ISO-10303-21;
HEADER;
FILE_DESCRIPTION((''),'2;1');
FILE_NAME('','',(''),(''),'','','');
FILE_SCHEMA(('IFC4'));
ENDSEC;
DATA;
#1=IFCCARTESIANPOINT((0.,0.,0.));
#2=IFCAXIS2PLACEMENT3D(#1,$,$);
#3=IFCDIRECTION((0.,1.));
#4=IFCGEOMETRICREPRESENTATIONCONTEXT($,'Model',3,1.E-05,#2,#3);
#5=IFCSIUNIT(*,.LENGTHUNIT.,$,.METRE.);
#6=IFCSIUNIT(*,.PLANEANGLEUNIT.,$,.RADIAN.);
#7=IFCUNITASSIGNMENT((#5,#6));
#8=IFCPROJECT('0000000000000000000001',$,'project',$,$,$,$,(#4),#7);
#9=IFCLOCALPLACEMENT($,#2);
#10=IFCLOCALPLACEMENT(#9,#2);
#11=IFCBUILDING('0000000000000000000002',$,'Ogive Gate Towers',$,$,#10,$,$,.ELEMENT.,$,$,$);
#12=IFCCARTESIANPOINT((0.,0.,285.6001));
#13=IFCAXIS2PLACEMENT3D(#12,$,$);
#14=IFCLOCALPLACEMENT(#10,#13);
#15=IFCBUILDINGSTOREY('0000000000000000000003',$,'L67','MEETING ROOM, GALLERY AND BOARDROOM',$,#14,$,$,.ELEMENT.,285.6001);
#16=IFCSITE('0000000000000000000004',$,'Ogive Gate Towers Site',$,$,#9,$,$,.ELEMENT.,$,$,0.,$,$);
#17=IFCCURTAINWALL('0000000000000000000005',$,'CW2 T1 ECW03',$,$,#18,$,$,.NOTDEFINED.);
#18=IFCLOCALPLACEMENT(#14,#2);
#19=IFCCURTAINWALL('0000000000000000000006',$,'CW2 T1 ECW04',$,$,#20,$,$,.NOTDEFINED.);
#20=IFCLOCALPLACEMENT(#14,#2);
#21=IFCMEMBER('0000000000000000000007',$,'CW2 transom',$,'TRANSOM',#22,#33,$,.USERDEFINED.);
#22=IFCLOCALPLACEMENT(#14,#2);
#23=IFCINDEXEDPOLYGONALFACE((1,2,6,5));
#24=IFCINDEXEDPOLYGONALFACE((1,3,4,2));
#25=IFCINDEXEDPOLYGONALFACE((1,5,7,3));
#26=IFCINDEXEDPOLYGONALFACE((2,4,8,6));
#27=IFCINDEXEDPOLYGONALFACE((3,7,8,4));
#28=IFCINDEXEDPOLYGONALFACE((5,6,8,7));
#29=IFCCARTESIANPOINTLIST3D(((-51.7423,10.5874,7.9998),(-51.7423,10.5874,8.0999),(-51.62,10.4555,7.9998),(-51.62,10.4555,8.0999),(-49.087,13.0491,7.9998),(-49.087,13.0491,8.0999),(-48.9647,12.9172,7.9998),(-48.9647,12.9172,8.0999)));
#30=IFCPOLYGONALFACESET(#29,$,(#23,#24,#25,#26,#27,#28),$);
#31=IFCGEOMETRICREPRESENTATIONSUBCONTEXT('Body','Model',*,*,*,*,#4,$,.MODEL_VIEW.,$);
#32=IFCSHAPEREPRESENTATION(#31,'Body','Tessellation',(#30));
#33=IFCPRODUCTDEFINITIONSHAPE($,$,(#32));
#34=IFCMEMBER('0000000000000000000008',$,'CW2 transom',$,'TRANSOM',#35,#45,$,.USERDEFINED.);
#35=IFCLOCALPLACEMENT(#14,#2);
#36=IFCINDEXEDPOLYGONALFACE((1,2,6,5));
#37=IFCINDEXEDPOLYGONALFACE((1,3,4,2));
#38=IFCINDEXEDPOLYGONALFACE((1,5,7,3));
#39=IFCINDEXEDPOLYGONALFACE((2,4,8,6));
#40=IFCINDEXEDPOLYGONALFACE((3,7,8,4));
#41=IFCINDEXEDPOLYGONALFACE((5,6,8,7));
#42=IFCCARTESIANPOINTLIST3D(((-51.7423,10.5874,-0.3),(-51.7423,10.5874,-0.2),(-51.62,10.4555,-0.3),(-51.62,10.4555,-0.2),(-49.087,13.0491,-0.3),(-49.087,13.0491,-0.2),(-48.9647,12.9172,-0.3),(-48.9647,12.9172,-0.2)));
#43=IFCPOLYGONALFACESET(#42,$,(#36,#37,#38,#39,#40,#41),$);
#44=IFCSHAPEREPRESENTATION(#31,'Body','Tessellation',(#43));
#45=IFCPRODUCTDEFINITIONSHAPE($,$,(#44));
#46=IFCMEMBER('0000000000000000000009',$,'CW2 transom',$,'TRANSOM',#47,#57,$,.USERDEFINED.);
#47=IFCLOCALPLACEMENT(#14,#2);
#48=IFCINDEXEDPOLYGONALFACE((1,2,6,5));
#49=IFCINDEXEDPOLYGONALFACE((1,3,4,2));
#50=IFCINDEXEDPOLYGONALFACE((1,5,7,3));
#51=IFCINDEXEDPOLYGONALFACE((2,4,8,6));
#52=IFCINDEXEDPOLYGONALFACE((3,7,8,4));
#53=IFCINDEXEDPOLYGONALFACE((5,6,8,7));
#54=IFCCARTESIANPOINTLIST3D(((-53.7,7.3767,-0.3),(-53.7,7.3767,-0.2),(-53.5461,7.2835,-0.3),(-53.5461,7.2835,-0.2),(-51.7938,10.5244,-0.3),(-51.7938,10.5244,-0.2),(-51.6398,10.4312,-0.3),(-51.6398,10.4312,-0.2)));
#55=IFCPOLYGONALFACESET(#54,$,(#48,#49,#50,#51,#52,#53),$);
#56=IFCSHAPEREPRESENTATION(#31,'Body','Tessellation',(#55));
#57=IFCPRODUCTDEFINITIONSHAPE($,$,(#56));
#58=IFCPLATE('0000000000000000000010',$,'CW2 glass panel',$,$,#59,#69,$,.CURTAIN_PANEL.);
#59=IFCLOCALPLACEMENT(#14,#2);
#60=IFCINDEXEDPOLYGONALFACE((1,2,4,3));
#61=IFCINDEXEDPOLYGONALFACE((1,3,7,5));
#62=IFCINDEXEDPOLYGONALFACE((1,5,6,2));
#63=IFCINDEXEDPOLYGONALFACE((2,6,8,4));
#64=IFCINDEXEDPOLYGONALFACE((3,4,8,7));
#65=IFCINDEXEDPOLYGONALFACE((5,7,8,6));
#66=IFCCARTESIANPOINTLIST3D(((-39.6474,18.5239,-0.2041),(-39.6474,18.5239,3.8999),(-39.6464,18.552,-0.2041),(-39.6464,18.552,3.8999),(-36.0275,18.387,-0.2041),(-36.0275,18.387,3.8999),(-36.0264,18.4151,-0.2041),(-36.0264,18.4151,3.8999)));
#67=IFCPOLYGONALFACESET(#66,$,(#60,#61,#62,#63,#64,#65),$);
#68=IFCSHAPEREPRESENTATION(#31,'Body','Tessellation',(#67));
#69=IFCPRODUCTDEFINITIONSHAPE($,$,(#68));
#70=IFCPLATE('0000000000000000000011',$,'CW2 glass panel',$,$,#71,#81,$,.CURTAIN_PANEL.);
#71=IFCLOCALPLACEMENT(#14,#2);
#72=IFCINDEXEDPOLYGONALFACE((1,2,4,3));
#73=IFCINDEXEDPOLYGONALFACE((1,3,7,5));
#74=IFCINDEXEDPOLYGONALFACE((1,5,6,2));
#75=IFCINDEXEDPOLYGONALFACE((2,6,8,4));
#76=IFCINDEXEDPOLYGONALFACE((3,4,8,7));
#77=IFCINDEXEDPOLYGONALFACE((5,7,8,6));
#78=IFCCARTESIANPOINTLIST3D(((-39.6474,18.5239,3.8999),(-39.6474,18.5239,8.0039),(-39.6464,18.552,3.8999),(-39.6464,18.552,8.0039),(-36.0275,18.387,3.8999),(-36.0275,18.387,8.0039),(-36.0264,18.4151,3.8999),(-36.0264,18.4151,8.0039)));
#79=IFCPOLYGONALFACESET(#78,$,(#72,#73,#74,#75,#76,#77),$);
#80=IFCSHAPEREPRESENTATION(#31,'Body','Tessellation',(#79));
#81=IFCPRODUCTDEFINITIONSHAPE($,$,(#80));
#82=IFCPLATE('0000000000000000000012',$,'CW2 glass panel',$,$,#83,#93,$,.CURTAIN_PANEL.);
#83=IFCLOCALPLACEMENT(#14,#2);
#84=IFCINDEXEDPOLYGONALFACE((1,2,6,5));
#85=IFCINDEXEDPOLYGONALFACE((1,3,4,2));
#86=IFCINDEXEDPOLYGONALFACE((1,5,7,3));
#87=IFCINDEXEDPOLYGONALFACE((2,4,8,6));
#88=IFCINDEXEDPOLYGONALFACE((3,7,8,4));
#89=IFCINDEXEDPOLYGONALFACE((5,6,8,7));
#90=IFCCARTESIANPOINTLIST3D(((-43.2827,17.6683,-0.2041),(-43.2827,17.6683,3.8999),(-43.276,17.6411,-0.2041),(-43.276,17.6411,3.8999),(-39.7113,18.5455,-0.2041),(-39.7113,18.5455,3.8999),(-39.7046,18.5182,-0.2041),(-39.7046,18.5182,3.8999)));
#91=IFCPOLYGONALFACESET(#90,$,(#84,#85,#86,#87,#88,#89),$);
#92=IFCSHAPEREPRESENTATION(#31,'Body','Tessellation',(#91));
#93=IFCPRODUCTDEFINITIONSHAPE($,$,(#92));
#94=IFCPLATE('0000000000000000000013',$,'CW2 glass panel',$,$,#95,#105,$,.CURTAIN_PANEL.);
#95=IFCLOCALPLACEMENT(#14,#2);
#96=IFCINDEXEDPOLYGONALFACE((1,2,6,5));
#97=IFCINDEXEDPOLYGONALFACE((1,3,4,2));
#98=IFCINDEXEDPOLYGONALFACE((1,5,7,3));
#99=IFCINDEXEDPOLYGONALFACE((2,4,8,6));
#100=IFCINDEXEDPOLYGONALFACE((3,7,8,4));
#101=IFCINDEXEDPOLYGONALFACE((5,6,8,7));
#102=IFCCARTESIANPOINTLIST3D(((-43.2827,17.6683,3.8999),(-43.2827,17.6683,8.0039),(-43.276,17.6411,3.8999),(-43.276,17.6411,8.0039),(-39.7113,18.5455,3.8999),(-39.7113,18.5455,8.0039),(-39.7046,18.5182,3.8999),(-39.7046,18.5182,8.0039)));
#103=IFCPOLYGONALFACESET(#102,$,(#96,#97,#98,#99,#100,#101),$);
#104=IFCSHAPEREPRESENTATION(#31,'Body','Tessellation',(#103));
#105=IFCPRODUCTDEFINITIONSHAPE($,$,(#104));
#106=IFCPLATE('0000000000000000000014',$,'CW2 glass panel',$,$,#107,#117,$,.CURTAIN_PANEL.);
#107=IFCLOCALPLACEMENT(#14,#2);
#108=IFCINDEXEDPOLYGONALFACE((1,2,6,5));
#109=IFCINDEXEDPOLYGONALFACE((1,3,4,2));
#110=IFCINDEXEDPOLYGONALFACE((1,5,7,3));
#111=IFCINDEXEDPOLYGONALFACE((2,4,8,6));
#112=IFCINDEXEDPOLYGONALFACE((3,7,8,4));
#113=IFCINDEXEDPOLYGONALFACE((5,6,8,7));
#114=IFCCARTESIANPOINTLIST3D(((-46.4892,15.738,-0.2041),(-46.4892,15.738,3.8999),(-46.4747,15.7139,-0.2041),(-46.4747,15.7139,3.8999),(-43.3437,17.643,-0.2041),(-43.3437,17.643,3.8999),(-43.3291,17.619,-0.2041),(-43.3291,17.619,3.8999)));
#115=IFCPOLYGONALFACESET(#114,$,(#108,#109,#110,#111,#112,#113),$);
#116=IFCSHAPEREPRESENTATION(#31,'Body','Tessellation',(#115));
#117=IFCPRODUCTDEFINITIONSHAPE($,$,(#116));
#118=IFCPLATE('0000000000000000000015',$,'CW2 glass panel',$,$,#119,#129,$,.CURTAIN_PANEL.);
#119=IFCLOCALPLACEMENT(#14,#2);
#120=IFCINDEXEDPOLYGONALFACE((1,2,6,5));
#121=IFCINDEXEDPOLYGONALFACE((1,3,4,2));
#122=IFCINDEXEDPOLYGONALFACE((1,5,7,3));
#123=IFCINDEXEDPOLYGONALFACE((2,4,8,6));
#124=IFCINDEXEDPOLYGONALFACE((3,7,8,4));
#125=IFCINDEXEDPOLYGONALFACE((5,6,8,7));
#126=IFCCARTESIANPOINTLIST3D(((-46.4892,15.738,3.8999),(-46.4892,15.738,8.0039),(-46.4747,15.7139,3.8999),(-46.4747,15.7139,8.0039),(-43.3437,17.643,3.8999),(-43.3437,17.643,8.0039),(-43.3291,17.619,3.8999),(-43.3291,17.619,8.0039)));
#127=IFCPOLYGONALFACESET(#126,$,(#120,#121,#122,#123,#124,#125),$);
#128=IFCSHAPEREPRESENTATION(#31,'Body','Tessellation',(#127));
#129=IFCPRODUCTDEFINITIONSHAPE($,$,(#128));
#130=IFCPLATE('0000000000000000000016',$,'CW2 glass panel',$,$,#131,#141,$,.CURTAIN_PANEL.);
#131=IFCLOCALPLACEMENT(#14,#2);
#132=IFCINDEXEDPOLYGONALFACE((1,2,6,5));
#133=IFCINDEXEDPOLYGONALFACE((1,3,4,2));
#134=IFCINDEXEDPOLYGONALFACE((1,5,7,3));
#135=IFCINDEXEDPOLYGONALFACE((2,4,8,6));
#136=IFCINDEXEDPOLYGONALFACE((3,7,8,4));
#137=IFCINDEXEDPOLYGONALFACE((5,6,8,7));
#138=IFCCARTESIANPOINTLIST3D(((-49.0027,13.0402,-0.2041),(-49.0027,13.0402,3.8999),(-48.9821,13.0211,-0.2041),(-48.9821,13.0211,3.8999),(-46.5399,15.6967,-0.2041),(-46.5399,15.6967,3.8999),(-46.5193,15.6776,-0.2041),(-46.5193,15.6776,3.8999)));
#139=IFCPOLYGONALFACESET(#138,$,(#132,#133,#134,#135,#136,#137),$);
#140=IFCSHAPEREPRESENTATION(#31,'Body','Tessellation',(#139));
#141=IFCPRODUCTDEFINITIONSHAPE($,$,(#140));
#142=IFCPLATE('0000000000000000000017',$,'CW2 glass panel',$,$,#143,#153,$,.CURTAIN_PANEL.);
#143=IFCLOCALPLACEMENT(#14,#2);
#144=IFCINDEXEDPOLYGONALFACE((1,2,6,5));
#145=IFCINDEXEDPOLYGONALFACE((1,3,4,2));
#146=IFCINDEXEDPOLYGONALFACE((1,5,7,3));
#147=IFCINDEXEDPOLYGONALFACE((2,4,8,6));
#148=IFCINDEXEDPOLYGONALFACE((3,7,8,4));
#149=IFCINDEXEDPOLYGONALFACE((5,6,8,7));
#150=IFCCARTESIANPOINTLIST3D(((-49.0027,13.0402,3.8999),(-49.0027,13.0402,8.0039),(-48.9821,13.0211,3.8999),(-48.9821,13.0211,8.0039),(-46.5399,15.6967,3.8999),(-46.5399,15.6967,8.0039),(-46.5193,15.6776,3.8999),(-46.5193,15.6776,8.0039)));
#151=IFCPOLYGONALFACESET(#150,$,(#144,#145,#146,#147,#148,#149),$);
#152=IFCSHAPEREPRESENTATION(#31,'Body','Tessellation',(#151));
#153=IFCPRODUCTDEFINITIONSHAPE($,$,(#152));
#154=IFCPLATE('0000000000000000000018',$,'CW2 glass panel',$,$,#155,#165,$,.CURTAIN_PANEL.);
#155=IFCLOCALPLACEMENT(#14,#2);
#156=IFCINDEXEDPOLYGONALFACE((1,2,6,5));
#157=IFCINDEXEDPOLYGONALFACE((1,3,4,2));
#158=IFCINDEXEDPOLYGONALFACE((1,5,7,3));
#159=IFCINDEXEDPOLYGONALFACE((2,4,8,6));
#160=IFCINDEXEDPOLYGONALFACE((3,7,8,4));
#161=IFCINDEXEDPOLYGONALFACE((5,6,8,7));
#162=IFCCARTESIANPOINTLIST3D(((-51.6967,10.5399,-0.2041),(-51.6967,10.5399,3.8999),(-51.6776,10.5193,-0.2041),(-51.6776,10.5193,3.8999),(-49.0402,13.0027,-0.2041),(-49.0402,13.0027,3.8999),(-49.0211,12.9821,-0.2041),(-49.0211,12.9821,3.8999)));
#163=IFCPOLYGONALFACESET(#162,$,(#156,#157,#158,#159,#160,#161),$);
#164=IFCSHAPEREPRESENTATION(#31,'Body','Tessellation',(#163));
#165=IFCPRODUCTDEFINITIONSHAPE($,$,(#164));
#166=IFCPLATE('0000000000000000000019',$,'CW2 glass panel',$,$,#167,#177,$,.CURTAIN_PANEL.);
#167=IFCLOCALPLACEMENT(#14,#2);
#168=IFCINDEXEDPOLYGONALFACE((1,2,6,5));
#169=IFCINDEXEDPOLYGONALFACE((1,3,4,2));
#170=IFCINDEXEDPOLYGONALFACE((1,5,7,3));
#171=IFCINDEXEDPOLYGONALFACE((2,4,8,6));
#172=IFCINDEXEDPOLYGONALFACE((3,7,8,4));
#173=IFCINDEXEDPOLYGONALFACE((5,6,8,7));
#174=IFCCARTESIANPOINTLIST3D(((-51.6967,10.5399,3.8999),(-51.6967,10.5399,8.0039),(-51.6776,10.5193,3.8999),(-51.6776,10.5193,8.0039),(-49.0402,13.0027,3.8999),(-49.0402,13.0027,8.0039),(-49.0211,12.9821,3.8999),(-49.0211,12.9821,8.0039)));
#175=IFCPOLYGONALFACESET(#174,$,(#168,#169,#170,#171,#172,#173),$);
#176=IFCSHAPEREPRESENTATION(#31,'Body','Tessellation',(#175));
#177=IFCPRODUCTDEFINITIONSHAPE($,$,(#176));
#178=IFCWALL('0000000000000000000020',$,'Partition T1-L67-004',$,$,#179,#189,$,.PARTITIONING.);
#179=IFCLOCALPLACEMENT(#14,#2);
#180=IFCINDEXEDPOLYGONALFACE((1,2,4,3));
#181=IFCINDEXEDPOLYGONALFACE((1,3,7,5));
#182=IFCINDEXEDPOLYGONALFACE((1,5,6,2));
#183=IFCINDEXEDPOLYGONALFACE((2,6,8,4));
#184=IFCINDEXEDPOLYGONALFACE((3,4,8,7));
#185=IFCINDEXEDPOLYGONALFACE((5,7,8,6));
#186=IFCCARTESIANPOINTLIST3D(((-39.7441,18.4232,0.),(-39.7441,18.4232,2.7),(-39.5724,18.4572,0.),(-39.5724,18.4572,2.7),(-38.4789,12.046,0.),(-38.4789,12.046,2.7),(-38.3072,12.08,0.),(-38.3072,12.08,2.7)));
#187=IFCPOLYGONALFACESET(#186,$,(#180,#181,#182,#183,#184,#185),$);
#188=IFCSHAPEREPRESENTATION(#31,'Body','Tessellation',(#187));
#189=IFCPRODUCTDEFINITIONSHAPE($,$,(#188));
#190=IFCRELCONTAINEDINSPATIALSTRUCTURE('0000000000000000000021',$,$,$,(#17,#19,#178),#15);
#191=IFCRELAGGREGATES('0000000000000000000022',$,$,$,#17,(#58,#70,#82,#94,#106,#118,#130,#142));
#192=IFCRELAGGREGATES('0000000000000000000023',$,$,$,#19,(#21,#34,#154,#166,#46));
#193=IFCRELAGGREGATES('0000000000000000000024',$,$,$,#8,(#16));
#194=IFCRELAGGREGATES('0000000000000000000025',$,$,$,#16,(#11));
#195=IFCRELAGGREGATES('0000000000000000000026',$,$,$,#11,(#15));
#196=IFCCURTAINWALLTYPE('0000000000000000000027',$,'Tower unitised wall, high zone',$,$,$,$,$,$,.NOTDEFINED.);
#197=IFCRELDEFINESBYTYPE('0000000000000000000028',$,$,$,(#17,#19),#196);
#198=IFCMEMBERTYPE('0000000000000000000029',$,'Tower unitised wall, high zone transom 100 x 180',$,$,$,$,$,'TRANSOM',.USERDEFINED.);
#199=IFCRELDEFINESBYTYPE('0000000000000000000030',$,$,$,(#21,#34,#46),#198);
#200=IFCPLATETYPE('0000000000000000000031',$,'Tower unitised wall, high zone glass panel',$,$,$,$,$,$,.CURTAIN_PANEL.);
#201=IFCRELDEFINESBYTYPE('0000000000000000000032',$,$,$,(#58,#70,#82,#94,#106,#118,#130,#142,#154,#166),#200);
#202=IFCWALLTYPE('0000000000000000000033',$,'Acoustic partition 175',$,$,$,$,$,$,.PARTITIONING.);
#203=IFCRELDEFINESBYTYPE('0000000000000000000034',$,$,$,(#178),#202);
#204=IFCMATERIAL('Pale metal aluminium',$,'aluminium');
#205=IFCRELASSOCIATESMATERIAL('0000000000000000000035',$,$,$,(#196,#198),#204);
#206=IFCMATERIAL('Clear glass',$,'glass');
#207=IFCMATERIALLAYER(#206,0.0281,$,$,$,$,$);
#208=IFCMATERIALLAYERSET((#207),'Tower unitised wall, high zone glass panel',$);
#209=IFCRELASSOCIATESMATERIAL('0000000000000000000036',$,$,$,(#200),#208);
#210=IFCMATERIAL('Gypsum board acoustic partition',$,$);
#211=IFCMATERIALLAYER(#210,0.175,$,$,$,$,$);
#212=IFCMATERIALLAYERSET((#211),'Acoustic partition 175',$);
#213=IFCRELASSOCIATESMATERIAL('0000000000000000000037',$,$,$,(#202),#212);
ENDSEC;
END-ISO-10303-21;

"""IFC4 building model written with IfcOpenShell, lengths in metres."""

from ifc_helpers import new_model, si_unit, direction, frame, frame_2d, origin, origin_2d, place, context, subcontext, project, spatial, rectangle, extrude, material, layer, layer_set, material_profile, profile_set, type_object, element, aggregate, save


model = new_model("IFC4")

# Units and contexts
model_context = context("Model", 3, precision=1e-05, world=origin(), true_north=direction((0.0, 1.0)))
body_context = subcontext(model_context, "Body", "Model", "MODEL_VIEW")
ifc_project = project(units=[si_unit("LENGTHUNIT", "METRE"), si_unit("PLANEANGLEUNIT", "RADIAN")], contexts=[model_context])

# Site, building, storey
site_placement = place(None, origin())
site = spatial("IfcSite", under=ifc_project, at=site_placement, Name="Ogive Gate Towers Site", CompositionType="ELEMENT", RefElevation=0.0)
building_placement = place(site_placement, origin())
building = spatial("IfcBuilding", under=site, at=building_placement, Name="Ogive Gate Towers", CompositionType="ELEMENT")
storey_placement = place(building_placement, frame((0.0, 0.0, 285.6001)))
storey = spatial("IfcBuildingStorey", under=building, at=storey_placement, Name="L67", Description="MEETING ROOM, GALLERY AND BOARDROOM", CompositionType="ELEMENT", Elevation=285.6001)

# Curtain wall
ifc_material_1 = material(Name="Pale metal aluminium", Category="aluminium")
curtain_wall_type = type_object("IfcCurtainWallType", Name="Tower unitised wall, high zone", PredefinedType="NOTDEFINED", material=ifc_material_1)
curtain_wall_1_placement = place(storey_placement, origin())
curtain_wall_1 = element("IfcCurtainWall", 1, at=curtain_wall_1_placement, inside=storey, type_object=curtain_wall_type, Name="CW2 T1 ECW03", PredefinedType="NOTDEFINED")

# Curtain wall
curtain_wall_2_placement = place(storey_placement, origin())
curtain_wall_2 = element("IfcCurtainWall", 2, at=curtain_wall_2_placement, inside=storey, type_object=curtain_wall_type, Name="CW2 T1 ECW04", PredefinedType="NOTDEFINED")

# Members
ifc_material_profile_1 = material_profile(ifc_material_1, rectangle(XDim=0.1799, YDim=0.1001, at=origin_2d()), Name="100 x 180 aluminium box")
ifc_profile_set_1 = profile_set([ifc_material_profile_1], Name="Pale metal aluminium")
member_type_1 = type_object("IfcMemberType", Name="Tower unitised wall, high zone transom 100 x 180", ElementType="TRANSOM", PredefinedType="USERDEFINED", material=ifc_profile_set_1)
member_1_placement = place(storey_placement, frame((-49.0259, 12.9832, 8.0498), z_axis=(-0.733336, -0.679866, 0.0), x_axis=(0.679866, -0.733336, 0.0)))
member_1 = element("IfcMember", 3, at=member_1_placement, type_object=member_type_1, Name="CW2 transom", ObjectType="TRANSOM", PredefinedType="USERDEFINED", context=body_context, shape_type="SweptSolid", body=[
    extrude(rectangle(XDim=0.1799, YDim=0.1001, at=origin_2d()), origin(), (0.0, 0.0, 1.0), 3.6208),
])
member_2_placement = place(storey_placement, frame((-49.0259, 12.9832, -0.25), z_axis=(-0.733336, -0.679866, 0.0), x_axis=(0.679866, -0.733336, 0.0)))
member_2 = element("IfcMember", 4, at=member_2_placement, type_object=member_type_1, Name="CW2 transom", ObjectType="TRANSOM", PredefinedType="USERDEFINED", context=body_context, shape_type="SweptSolid", body=[
    extrude(rectangle(XDim=0.1799, YDim=0.1001, at=origin_2d()), origin(), (0.0, 0.0, 1.0), 3.6208),
])
member_3_placement = place(storey_placement, frame((-51.7168, 10.4778, -0.25), z_axis=(-0.518013, -0.855372, 0.0), x_axis=(0.855372, -0.518013, 0.0)))
member_3 = element("IfcMember", 5, at=member_3_placement, type_object=member_type_1, Name="CW2 transom", ObjectType="TRANSOM", PredefinedType="USERDEFINED", context=body_context, shape_type="SweptSolid", body=[
    extrude(rectangle(XDim=0.1799, YDim=0.1001, at=origin_2d()), origin(), (0.0, 0.0, 1.0), 3.6799),
])

# Plates
ifc_material_2 = material(Name="Clear glass", Category="glass")
ifc_layer_1 = layer(ifc_material_2, 0.0281)
ifc_layer_set_1 = layer_set([ifc_layer_1], Name="Tower unitised wall, high zone glass panel")
plate_type = type_object("IfcPlateType", Name="Tower unitised wall, high zone glass panel", PredefinedType="CURTAIN_PANEL", material=ifc_layer_set_1)
plate_1_placement = place(storey_placement, frame((-37.8369, 18.4695, -0.2041), z_axis=(0.0, 0.0, 1.0), x_axis=(-0.999286, 0.037795, 0.0)))
plate_1 = element("IfcPlate", 6, at=plate_1_placement, type_object=plate_type, Name="CW2 glass panel", PredefinedType="CURTAIN_PANEL", context=body_context, shape_type="SweptSolid", body=[
    extrude(rectangle(XDim=3.6226, YDim=0.0281, at=origin_2d()), origin(), (0.0, 0.0, 1.0), 4.104),
])
plate_2_placement = place(storey_placement, frame((-37.8369, 18.4695, 3.8999), z_axis=(0.0, 0.0, 1.0), x_axis=(-0.999286, 0.037795, 0.0)))
plate_2 = element("IfcPlate", 7, at=plate_2_placement, type_object=plate_type, Name="CW2 glass panel", PredefinedType="CURTAIN_PANEL", context=body_context, shape_type="SweptSolid", body=[
    extrude(rectangle(XDim=3.6226, YDim=0.0281, at=origin_2d()), origin(), (0.0, 0.0, 1.0), 4.104),
])
plate_3_placement = place(storey_placement, frame((-41.4937, 18.0933, -0.2041), z_axis=(0.0, 0.0, 1.0), x_axis=(-0.971138, -0.238517, 0.0)))
plate_3 = element("IfcPlate", 8, at=plate_3_placement, type_object=plate_type, Name="CW2 glass panel", PredefinedType="CURTAIN_PANEL", context=body_context, shape_type="SweptSolid", body=[
    extrude(rectangle(XDim=3.6775, YDim=0.0281, at=origin_2d()), origin(), (0.0, 0.0, 1.0), 4.104),
])
plate_4_placement = place(storey_placement, frame((-41.4937, 18.0933, 3.8999), z_axis=(0.0, 0.0, 1.0), x_axis=(-0.971138, -0.238517, 0.0)))
plate_4 = element("IfcPlate", 9, at=plate_4_placement, type_object=plate_type, Name="CW2 glass panel", PredefinedType="CURTAIN_PANEL", context=body_context, shape_type="SweptSolid", body=[
    extrude(rectangle(XDim=3.6775, YDim=0.0281, at=origin_2d()), origin(), (0.0, 0.0, 1.0), 4.104),
])
plate_5_placement = place(storey_placement, frame((-44.9092, 16.6785, -0.2041), z_axis=(0.0, 0.0, 1.0), x_axis=(-0.855364, -0.518027, 0.0)))
plate_5 = element("IfcPlate", 10, at=plate_5_placement, type_object=plate_type, Name="CW2 glass panel", PredefinedType="CURTAIN_PANEL", context=body_context, shape_type="SweptSolid", body=[
    extrude(rectangle(XDim=3.6775, YDim=0.0281, at=origin_2d()), origin(), (0.0, 0.0, 1.0), 4.104),
])
plate_6_placement = place(storey_placement, frame((-44.9092, 16.6785, 3.8999), z_axis=(0.0, 0.0, 1.0), x_axis=(-0.855364, -0.518027, 0.0)))
plate_6 = element("IfcPlate", 11, at=plate_6_placement, type_object=plate_type, Name="CW2 glass panel", PredefinedType="CURTAIN_PANEL", context=body_context, shape_type="SweptSolid", body=[
    extrude(rectangle(XDim=3.6775, YDim=0.0281, at=origin_2d()), origin(), (0.0, 0.0, 1.0), 4.104),
])
plate_7_placement = place(storey_placement, frame((-47.761, 14.3589, -0.2041), z_axis=(0.0, 0.0, 1.0), x_axis=(-0.679864, -0.733338, 0.0)))
plate_7 = element("IfcPlate", 12, at=plate_7_placement, type_object=plate_type, Name="CW2 glass panel", PredefinedType="CURTAIN_PANEL", context=body_context, shape_type="SweptSolid", body=[
    extrude(rectangle(XDim=3.6226, YDim=0.0281, at=origin_2d()), origin(), (0.0, 0.0, 1.0), 4.104),
])
plate_8_placement = place(storey_placement, frame((-47.761, 14.3589, 3.8999), z_axis=(0.0, 0.0, 1.0), x_axis=(-0.679864, -0.733338, 0.0)))
plate_8 = element("IfcPlate", 13, at=plate_8_placement, type_object=plate_type, Name="CW2 glass panel", PredefinedType="CURTAIN_PANEL", context=body_context, shape_type="SweptSolid", body=[
    extrude(rectangle(XDim=3.6226, YDim=0.0281, at=origin_2d()), origin(), (0.0, 0.0, 1.0), 4.104),
])
aggregate(curtain_wall_1, [plate_1, plate_2, plate_3, plate_4, plate_5, plate_6, plate_7, plate_8])
plate_9_placement = place(storey_placement, frame((-50.3589, 11.761, -0.2041), z_axis=(0.0, 0.0, 1.0), x_axis=(-0.733338, -0.679864, 0.0)))
plate_9 = element("IfcPlate", 14, at=plate_9_placement, type_object=plate_type, Name="CW2 glass panel", PredefinedType="CURTAIN_PANEL", context=body_context, shape_type="SweptSolid", body=[
    extrude(rectangle(XDim=3.6226, YDim=0.0281, at=origin_2d()), origin(), (0.0, 0.0, 1.0), 4.104),
])
plate_10_placement = place(storey_placement, frame((-50.3589, 11.761, 3.8999), z_axis=(0.0, 0.0, 1.0), x_axis=(-0.733338, -0.679864, 0.0)))
plate_10 = element("IfcPlate", 15, at=plate_10_placement, type_object=plate_type, Name="CW2 glass panel", PredefinedType="CURTAIN_PANEL", context=body_context, shape_type="SweptSolid", body=[
    extrude(rectangle(XDim=3.6226, YDim=0.0281, at=origin_2d()), origin(), (0.0, 0.0, 1.0), 4.104),
])
aggregate(curtain_wall_2, [member_1, member_2, plate_9, plate_10, member_3])

# Wall
ifc_material_3 = material(Name="Gypsum board acoustic partition")
ifc_layer_2 = layer(ifc_material_3, 0.175)
ifc_layer_set_2 = layer_set([ifc_layer_2], Name="Acoustic partition 175")
wall_type = type_object("IfcWallType", Name="Acoustic partition 175", PredefinedType="PARTITIONING", material=ifc_layer_set_2)
wall_1_placement = place(storey_placement, frame((-39.6582, 18.4402, 0.0), z_axis=(0.0, 0.0, 1.0), x_axis=(0.194592, -0.980884, 0.0)))
element("IfcWall", 16, at=wall_1_placement, inside=storey, type_object=wall_type, Name="Partition T1-L67-004", PredefinedType="PARTITIONING", context=body_context, shape_type="SweptSolid", body=[
    extrude(rectangle(XDim=6.5015, YDim=0.175, at=frame_2d((3.2507, 0.0))), origin(), (0.0, 0.0, 1.0), 2.7),
])

save(model, "model.ifc")
